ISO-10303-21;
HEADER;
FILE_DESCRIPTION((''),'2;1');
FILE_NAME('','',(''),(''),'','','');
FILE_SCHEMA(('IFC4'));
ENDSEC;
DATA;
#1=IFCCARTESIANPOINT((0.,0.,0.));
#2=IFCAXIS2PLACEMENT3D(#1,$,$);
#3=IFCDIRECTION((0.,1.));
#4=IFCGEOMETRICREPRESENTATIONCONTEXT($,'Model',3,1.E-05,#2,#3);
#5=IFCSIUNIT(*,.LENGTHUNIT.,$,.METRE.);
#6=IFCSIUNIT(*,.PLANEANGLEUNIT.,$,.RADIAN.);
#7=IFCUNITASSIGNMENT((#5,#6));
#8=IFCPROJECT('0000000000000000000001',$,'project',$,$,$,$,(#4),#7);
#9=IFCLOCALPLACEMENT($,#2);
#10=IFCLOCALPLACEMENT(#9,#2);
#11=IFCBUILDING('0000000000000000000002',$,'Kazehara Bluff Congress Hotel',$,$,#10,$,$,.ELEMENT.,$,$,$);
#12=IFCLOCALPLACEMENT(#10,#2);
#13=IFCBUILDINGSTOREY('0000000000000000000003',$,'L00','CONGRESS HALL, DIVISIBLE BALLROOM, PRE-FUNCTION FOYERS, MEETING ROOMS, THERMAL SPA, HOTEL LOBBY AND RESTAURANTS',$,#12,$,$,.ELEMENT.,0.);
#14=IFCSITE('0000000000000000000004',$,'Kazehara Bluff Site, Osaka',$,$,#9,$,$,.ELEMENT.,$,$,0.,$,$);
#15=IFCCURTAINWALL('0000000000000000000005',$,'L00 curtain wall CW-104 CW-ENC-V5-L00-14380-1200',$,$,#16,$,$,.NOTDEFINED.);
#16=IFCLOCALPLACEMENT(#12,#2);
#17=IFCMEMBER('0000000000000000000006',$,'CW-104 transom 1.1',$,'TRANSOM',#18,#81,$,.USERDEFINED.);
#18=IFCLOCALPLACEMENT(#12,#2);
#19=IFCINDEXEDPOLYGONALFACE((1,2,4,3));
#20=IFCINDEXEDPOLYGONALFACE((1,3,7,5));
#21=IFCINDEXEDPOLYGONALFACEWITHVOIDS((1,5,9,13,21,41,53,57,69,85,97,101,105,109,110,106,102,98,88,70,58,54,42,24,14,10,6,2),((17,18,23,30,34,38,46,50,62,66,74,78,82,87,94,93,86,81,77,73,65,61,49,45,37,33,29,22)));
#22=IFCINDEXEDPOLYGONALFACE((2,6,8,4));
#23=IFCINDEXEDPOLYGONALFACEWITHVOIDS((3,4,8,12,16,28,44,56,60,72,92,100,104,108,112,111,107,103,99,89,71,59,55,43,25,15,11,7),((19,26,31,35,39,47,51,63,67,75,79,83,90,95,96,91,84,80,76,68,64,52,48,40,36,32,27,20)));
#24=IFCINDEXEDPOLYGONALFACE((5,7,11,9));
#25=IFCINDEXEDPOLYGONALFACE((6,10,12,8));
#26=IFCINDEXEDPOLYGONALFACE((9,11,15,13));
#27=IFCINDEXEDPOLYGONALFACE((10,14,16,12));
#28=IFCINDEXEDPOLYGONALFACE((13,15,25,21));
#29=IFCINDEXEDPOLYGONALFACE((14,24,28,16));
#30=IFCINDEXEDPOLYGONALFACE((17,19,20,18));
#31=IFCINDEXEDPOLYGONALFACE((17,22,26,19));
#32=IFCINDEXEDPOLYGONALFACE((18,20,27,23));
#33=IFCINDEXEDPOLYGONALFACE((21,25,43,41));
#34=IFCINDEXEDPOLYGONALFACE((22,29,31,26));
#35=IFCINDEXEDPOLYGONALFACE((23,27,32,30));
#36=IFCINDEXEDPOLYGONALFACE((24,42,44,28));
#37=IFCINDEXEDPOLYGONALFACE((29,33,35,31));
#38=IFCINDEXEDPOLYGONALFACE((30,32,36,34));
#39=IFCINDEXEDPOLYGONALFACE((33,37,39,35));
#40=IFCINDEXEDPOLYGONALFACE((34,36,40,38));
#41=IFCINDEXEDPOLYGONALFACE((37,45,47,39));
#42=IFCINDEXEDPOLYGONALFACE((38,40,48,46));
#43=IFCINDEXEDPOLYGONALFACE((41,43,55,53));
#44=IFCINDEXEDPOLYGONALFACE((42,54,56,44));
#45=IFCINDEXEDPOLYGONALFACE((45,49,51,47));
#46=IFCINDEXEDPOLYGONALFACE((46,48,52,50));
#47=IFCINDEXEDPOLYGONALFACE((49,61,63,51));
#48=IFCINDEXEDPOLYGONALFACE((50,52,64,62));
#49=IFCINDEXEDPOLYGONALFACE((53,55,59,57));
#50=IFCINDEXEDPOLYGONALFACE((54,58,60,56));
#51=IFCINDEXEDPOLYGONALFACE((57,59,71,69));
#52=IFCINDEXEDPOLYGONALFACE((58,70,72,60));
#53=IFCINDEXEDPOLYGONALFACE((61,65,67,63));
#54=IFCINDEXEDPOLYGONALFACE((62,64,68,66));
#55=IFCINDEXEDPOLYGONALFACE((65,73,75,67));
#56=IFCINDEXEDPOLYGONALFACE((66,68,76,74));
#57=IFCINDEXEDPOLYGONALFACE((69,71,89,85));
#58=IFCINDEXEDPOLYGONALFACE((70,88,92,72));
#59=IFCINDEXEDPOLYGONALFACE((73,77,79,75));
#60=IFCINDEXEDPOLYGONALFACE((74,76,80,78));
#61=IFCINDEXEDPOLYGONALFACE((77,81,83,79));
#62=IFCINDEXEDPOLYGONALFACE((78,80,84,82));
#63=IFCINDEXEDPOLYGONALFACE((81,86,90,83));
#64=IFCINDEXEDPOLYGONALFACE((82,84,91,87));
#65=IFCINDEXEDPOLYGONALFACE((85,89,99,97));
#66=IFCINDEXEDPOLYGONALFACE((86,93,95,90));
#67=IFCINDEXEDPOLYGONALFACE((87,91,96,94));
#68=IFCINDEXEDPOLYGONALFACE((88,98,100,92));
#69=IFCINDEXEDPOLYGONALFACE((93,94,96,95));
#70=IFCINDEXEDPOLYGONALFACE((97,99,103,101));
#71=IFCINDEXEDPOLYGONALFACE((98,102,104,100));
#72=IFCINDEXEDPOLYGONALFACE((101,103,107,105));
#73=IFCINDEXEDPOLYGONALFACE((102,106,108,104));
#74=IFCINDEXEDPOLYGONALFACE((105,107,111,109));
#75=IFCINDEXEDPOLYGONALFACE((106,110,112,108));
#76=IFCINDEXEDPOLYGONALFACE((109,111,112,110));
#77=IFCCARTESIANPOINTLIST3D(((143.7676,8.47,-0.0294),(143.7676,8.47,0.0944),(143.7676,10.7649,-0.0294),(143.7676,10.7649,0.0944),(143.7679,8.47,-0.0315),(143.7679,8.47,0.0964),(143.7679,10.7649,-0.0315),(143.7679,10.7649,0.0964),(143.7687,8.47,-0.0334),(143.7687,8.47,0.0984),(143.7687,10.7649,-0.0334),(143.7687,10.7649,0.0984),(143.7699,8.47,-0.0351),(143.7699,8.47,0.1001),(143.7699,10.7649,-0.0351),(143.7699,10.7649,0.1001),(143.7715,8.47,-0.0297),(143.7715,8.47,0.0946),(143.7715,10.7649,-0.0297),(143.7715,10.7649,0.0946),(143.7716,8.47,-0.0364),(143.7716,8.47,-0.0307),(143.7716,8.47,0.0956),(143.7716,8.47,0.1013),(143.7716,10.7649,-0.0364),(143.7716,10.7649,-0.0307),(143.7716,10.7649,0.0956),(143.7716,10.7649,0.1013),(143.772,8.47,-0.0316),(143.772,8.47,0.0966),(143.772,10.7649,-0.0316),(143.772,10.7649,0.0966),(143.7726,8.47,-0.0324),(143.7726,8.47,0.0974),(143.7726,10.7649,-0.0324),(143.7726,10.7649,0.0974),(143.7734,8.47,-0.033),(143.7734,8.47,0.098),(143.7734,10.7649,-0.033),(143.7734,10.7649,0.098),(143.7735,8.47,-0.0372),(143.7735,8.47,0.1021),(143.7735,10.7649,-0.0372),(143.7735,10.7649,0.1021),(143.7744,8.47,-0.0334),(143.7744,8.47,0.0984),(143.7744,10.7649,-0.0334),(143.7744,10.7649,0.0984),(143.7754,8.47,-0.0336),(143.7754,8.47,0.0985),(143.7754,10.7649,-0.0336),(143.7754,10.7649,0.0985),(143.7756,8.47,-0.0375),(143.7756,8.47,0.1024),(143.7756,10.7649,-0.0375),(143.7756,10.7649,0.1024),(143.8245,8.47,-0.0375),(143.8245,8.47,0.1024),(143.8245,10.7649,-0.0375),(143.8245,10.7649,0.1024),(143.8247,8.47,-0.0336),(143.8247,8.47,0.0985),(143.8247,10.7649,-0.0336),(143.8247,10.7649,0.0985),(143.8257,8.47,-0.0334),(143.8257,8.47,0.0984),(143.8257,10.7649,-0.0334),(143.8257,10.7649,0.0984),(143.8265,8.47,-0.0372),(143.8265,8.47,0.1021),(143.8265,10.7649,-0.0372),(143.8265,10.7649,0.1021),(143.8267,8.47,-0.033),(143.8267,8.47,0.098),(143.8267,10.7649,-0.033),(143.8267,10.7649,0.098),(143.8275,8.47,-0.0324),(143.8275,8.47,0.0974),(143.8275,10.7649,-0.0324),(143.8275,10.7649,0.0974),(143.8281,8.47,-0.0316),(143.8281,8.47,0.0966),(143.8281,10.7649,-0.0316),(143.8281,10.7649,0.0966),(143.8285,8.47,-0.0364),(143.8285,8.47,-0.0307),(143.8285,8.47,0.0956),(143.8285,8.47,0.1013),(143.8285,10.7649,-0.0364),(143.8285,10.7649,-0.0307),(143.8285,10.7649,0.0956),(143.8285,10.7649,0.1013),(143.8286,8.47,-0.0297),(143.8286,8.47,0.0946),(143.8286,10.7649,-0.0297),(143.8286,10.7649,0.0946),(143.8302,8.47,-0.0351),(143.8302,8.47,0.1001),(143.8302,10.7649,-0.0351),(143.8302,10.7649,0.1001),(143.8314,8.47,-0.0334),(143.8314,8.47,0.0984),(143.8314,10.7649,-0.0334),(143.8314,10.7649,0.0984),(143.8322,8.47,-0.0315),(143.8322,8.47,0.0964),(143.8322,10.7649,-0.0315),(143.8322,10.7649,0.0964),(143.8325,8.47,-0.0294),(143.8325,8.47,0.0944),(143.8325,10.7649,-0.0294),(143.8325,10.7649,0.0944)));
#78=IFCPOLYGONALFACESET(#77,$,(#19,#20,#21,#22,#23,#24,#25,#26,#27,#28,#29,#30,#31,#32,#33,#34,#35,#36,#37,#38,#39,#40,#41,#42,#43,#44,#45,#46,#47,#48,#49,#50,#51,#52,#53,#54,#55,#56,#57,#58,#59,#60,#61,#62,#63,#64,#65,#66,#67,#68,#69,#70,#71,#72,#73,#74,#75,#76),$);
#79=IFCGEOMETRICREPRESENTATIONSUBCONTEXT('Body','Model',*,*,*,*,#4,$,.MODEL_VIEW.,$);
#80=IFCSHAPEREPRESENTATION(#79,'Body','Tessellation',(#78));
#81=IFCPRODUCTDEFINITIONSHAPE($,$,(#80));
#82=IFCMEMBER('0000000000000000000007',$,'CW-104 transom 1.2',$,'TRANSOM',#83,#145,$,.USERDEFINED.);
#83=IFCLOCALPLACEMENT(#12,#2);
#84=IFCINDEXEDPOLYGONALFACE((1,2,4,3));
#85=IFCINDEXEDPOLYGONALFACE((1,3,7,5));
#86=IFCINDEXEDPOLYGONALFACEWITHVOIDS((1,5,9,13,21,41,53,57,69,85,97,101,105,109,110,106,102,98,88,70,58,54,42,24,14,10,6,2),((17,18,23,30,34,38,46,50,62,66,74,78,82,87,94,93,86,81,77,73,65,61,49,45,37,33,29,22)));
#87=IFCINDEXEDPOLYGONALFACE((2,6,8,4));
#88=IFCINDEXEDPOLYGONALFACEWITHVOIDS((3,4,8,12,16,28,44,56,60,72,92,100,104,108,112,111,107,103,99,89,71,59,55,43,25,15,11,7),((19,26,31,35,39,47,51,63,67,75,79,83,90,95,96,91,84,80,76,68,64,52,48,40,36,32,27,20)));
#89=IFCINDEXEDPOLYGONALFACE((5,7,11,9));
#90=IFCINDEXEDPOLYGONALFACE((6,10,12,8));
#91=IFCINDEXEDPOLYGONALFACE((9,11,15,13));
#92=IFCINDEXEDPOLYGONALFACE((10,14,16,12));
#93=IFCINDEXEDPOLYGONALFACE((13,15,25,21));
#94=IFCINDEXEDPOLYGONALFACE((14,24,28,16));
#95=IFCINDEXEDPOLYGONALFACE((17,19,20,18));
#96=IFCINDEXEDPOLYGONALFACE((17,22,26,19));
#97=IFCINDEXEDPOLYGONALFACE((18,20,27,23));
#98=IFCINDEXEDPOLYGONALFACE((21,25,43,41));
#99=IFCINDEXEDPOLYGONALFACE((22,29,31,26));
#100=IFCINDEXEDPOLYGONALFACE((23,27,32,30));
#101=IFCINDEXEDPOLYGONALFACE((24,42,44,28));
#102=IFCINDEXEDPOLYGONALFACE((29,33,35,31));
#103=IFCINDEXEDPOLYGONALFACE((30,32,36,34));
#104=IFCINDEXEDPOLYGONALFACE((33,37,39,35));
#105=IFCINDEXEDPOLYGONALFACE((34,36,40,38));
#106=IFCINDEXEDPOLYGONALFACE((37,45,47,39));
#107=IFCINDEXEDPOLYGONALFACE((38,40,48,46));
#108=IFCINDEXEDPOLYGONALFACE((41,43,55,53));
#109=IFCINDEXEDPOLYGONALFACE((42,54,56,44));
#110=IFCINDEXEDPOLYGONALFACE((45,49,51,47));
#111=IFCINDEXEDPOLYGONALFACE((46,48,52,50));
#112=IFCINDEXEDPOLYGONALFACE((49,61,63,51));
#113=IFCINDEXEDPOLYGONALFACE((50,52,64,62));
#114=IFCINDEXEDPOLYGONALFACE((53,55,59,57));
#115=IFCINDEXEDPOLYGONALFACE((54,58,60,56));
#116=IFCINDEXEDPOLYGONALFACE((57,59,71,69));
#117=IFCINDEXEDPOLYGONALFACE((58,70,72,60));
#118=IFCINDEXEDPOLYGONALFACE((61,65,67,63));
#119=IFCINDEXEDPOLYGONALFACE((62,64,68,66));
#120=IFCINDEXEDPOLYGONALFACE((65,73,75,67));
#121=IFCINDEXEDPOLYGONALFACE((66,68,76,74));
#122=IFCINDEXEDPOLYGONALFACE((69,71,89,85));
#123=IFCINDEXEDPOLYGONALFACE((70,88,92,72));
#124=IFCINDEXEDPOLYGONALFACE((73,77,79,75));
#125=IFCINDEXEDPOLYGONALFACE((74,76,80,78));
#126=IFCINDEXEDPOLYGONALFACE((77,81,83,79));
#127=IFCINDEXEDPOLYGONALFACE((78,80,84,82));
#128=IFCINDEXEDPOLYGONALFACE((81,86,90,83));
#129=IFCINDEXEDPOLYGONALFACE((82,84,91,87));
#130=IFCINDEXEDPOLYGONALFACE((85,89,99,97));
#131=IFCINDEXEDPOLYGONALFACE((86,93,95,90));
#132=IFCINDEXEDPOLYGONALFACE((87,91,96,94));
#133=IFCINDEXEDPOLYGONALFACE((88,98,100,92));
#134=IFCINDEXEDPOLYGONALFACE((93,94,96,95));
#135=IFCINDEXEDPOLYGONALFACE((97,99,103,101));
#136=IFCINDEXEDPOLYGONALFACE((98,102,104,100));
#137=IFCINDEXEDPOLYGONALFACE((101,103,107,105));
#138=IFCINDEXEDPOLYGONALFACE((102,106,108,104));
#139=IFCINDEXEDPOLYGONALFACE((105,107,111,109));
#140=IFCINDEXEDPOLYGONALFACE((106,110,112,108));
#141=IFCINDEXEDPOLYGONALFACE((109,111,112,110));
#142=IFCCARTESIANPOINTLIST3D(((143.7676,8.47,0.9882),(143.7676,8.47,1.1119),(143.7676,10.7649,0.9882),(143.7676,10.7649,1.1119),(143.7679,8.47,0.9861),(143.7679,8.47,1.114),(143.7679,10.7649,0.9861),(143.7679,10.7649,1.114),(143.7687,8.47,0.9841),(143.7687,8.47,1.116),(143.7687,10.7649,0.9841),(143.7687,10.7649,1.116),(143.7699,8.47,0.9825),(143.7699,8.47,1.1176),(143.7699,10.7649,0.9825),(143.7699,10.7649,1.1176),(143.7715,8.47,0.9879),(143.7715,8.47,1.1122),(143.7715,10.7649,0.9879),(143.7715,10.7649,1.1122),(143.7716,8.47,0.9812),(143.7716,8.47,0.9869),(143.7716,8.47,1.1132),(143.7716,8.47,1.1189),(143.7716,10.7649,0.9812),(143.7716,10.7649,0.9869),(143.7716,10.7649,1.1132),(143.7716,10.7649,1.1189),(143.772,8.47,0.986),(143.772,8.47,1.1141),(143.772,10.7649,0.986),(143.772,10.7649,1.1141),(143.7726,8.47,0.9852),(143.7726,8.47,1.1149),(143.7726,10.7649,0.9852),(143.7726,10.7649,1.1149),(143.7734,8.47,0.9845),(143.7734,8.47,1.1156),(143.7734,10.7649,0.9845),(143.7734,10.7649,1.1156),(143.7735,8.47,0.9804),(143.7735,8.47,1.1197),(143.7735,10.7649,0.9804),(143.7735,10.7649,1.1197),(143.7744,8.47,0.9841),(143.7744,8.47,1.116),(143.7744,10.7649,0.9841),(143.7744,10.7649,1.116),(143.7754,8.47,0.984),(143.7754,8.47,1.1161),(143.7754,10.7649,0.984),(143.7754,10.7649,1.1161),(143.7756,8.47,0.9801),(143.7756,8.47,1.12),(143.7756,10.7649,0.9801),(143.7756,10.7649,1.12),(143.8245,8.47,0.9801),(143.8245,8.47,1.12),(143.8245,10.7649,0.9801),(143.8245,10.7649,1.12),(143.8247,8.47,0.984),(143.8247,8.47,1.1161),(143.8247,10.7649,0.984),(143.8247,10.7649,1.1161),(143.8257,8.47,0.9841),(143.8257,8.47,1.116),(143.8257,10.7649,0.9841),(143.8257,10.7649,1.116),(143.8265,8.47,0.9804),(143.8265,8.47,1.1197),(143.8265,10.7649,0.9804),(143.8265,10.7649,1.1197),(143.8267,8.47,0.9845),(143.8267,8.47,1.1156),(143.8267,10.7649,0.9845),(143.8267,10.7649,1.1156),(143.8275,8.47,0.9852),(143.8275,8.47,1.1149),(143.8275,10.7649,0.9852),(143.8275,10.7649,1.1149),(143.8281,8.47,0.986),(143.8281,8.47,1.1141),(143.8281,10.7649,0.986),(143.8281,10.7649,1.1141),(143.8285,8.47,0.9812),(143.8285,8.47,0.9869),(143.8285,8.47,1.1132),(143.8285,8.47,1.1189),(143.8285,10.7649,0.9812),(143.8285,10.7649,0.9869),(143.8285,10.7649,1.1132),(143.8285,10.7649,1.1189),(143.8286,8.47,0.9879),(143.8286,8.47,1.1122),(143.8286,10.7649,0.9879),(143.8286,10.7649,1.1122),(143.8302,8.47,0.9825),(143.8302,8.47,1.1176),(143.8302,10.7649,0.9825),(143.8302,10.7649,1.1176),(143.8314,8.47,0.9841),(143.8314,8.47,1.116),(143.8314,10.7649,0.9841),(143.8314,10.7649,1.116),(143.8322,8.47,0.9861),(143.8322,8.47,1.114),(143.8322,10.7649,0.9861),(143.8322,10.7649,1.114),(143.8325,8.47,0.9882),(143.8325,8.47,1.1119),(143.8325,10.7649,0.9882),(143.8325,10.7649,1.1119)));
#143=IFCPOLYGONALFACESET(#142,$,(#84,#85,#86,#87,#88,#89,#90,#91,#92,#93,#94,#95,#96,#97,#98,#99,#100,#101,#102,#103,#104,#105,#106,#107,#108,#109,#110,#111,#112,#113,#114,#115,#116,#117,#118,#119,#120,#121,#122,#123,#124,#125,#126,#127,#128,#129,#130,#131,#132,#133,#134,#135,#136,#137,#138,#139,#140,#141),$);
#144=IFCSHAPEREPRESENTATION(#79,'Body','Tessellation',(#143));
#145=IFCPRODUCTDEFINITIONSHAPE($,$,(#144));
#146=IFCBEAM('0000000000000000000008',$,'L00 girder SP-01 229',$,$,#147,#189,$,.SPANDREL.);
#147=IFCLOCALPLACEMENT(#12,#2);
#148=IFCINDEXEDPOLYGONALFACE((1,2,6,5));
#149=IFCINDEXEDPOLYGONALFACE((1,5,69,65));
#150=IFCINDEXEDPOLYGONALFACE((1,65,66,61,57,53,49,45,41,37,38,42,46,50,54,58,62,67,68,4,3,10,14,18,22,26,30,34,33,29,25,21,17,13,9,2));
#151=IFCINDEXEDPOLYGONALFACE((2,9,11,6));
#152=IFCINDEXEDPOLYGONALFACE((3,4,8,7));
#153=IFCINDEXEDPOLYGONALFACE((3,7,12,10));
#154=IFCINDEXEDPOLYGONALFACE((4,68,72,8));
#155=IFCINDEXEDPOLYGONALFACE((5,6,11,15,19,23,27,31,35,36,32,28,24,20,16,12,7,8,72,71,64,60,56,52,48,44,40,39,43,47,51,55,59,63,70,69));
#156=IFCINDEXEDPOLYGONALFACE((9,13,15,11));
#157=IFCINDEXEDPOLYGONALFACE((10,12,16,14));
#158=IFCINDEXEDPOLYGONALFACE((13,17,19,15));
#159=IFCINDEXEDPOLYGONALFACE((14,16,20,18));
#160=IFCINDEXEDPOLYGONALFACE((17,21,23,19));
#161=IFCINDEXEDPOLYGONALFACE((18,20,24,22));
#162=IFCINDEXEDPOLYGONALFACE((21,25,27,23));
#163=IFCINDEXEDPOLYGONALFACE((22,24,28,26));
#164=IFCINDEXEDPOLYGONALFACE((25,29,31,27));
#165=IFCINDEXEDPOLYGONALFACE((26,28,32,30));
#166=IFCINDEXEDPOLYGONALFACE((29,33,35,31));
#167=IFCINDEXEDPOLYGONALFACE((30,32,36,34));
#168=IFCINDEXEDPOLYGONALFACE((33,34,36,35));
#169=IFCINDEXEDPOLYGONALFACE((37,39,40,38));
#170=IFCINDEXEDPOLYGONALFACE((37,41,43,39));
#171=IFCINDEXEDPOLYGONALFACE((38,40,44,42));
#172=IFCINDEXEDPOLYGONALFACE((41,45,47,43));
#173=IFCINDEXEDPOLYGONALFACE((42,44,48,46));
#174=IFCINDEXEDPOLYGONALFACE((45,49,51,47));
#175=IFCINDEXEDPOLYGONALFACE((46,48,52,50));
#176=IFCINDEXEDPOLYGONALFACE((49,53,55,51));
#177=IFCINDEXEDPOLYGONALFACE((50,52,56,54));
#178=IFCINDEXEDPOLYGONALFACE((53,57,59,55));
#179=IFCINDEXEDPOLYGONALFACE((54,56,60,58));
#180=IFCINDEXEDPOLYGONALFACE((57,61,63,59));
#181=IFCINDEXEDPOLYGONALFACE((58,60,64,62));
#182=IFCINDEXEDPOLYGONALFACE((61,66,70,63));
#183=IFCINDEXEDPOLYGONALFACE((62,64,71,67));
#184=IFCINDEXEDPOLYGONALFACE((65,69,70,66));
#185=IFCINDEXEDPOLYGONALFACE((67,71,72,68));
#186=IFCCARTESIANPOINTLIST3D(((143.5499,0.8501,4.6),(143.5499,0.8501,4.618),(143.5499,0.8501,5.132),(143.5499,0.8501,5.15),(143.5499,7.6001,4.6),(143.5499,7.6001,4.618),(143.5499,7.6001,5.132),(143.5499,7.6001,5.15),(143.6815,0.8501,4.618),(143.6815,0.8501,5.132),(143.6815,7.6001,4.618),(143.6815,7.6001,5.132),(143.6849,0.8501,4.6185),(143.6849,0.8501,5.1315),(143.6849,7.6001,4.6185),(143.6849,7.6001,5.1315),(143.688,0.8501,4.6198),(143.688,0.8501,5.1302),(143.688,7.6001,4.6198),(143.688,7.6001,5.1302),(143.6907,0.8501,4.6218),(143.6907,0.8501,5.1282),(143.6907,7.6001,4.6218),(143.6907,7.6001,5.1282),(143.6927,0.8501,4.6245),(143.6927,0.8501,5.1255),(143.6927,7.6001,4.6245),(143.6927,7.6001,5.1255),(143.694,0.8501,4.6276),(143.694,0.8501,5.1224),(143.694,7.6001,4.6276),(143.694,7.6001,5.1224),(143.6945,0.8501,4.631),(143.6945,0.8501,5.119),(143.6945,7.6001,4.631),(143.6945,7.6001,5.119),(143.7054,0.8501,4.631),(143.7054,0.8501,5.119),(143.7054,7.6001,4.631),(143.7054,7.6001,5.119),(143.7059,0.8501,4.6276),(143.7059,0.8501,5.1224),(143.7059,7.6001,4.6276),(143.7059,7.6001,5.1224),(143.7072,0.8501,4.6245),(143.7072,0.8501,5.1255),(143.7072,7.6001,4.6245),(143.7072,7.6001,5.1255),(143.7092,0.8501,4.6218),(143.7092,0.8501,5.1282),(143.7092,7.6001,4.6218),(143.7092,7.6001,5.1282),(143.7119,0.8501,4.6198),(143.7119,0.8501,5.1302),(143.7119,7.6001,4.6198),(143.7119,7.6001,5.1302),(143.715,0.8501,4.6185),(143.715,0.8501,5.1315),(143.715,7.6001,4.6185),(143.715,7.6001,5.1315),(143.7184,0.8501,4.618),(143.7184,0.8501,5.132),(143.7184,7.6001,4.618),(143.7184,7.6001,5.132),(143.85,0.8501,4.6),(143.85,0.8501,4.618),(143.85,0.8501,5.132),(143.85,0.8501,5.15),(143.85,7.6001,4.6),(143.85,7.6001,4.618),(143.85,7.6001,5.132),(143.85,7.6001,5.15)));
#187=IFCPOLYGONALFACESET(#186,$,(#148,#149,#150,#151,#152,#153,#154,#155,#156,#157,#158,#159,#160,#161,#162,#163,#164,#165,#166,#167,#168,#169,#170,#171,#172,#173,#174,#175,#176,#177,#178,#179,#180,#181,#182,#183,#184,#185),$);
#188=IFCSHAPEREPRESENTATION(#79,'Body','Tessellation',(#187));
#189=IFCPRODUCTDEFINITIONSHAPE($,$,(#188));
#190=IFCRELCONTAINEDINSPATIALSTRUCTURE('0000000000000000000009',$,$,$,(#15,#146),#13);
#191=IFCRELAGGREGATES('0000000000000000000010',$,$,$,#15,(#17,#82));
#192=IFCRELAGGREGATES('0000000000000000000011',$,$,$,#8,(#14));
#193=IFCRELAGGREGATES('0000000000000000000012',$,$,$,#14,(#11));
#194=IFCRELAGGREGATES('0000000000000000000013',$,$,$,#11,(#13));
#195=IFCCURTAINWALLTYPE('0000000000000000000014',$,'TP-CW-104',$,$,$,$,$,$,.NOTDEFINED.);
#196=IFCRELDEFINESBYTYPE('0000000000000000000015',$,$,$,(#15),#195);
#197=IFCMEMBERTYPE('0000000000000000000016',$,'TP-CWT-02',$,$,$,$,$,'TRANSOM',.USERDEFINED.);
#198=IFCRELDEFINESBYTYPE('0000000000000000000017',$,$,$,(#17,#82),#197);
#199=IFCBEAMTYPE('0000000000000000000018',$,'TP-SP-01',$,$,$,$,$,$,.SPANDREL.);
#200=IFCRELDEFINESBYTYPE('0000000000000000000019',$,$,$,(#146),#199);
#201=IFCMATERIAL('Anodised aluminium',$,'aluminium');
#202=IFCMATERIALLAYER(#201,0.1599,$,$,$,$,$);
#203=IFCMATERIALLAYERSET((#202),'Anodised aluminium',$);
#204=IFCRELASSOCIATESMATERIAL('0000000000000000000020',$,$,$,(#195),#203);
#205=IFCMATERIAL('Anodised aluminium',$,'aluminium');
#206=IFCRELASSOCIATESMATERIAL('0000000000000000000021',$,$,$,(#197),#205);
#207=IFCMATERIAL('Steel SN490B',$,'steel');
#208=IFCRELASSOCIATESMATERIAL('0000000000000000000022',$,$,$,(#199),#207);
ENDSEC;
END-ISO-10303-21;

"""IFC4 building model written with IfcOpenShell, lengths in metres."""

from ifc_helpers import new_model, si_unit, direction, frame, origin, origin_2d, place, context, subcontext, project, spatial, hollow_rectangle, i_section, extrude, material, layer, layer_set, material_profile, profile_set, type_object, element, aggregate, save


model = new_model("IFC4")

# Units and contexts
model_context = context("Model", 3, precision=1e-05, world=origin(), true_north=direction((0.0, 1.0)))
body_context = subcontext(model_context, "Body", "Model", "MODEL_VIEW")
ifc_project = project(units=[si_unit("LENGTHUNIT", "METRE"), si_unit("PLANEANGLEUNIT", "RADIAN")], contexts=[model_context])

# Site, building, storey
site_placement = place(None, origin())
site = spatial("IfcSite", under=ifc_project, at=site_placement, Name="Kazehara Bluff Site, Osaka", CompositionType="ELEMENT", RefElevation=0.0)
building_placement = place(site_placement, origin())
building = spatial("IfcBuilding", under=site, at=building_placement, Name="Kazehara Bluff Congress Hotel", CompositionType="ELEMENT")
storey_placement = place(building_placement, origin())
storey = spatial("IfcBuildingStorey", under=building, at=storey_placement, Name="L00", Description="CONGRESS HALL, DIVISIBLE BALLROOM, PRE-FUNCTION FOYERS, MEETING ROOMS, THERMAL SPA, HOTEL LOBBY AND RESTAURANTS", CompositionType="ELEMENT", Elevation=0.0)

# Curtain wall
ifc_material_1 = material(Name="Anodised aluminium", Category="aluminium")
ifc_layer_1 = layer(ifc_material_1, 0.1599)
ifc_layer_set_1 = layer_set([ifc_layer_1], Name="Anodised aluminium")
curtain_wall_type_1 = type_object("IfcCurtainWallType", Name="TP-CW-104", PredefinedType="NOTDEFINED", material=ifc_layer_set_1)
curtain_wall_1_placement = place(storey_placement, origin())
curtain_wall_1 = element("IfcCurtainWall", 1, at=curtain_wall_1_placement, inside=storey, type_object=curtain_wall_type_1, Name="L00 curtain wall CW-104 CW-ENC-V5-L00-14380-1200", PredefinedType="NOTDEFINED")

# Members
ifc_material_2 = material(Name="Anodised aluminium", Category="aluminium")
ifc_material_profile_1 = material_profile(ifc_material_2, hollow_rectangle(XDim=0.0649, YDim=0.1399, WallThickness=0.0039, InnerFilletRadius=0.0039, OuterFilletRadius=0.0081, at=origin_2d()))
ifc_profile_set_1 = profile_set([ifc_material_profile_1], Name="Anodised aluminium")
member_type_1 = type_object("IfcMemberType", Name="TP-CWT-02", ElementType="TRANSOM", PredefinedType="USERDEFINED", material=ifc_profile_set_1)
member_1_placement = place(storey_placement, frame((143.8, 8.47, 0.0325), z_axis=(0.0, 1.0, 0.0), x_axis=(-1.0, 0.0, 0.0)))
member_1 = element("IfcMember", 2, at=member_1_placement, type_object=member_type_1, Name="CW-104 transom 1.1", ObjectType="TRANSOM", PredefinedType="USERDEFINED", context=body_context, shape_type="SweptSolid", body=[
    extrude(hollow_rectangle(XDim=0.0649, YDim=0.1399, WallThickness=0.0039, InnerFilletRadius=0.0039, OuterFilletRadius=0.0081, at=origin_2d()), origin(), (0.0, 0.0, 1.0), 2.2949),
])
member_2_placement = place(storey_placement, frame((143.8, 8.47, 1.05), z_axis=(0.0, 1.0, 0.0), x_axis=(-1.0, 0.0, 0.0)))
member_2 = element("IfcMember", 3, at=member_2_placement, type_object=member_type_1, Name="CW-104 transom 1.2", ObjectType="TRANSOM", PredefinedType="USERDEFINED", context=body_context, shape_type="SweptSolid", body=[
    extrude(hollow_rectangle(XDim=0.0649, YDim=0.1399, WallThickness=0.0039, InnerFilletRadius=0.0039, OuterFilletRadius=0.0081, at=origin_2d()), origin(), (0.0, 0.0, 1.0), 2.2949),
])
aggregate(curtain_wall_1, [member_1, member_2])

# Beam
ifc_material_3 = material(Name="Steel SN490B", Category="steel")
ifc_material_profile_2 = material_profile(ifc_material_3, i_section(OverallWidth=0.3, OverallDepth=0.55, WebThickness=0.011, FlangeThickness=0.0181, FilletRadius=0.0129, at=origin_2d()))
ifc_profile_set_2 = profile_set([ifc_material_profile_2], Name="Steel SN490B")
beam_type = type_object("IfcBeamType", Name="TP-SP-01", PredefinedType="SPANDREL", material=ifc_profile_set_2)
beam_1_placement = place(storey_placement, frame((143.7, 0.8501, 4.875), z_axis=(0.0, 1.0, 0.0), x_axis=(-1.0, 0.0, 0.0)))
element("IfcBeam", 4, at=beam_1_placement, inside=storey, type_object=beam_type, Name="L00 girder SP-01 229", PredefinedType="SPANDREL", context=body_context, shape_type="SweptSolid", body=[
    extrude(i_section(OverallWidth=0.3, OverallDepth=0.55, WebThickness=0.011, FlangeThickness=0.0181, FilletRadius=0.0129, at=origin_2d()), origin(), (0.0, 0.0, 1.0), 6.75),
])

save(model, "model.ifc")
